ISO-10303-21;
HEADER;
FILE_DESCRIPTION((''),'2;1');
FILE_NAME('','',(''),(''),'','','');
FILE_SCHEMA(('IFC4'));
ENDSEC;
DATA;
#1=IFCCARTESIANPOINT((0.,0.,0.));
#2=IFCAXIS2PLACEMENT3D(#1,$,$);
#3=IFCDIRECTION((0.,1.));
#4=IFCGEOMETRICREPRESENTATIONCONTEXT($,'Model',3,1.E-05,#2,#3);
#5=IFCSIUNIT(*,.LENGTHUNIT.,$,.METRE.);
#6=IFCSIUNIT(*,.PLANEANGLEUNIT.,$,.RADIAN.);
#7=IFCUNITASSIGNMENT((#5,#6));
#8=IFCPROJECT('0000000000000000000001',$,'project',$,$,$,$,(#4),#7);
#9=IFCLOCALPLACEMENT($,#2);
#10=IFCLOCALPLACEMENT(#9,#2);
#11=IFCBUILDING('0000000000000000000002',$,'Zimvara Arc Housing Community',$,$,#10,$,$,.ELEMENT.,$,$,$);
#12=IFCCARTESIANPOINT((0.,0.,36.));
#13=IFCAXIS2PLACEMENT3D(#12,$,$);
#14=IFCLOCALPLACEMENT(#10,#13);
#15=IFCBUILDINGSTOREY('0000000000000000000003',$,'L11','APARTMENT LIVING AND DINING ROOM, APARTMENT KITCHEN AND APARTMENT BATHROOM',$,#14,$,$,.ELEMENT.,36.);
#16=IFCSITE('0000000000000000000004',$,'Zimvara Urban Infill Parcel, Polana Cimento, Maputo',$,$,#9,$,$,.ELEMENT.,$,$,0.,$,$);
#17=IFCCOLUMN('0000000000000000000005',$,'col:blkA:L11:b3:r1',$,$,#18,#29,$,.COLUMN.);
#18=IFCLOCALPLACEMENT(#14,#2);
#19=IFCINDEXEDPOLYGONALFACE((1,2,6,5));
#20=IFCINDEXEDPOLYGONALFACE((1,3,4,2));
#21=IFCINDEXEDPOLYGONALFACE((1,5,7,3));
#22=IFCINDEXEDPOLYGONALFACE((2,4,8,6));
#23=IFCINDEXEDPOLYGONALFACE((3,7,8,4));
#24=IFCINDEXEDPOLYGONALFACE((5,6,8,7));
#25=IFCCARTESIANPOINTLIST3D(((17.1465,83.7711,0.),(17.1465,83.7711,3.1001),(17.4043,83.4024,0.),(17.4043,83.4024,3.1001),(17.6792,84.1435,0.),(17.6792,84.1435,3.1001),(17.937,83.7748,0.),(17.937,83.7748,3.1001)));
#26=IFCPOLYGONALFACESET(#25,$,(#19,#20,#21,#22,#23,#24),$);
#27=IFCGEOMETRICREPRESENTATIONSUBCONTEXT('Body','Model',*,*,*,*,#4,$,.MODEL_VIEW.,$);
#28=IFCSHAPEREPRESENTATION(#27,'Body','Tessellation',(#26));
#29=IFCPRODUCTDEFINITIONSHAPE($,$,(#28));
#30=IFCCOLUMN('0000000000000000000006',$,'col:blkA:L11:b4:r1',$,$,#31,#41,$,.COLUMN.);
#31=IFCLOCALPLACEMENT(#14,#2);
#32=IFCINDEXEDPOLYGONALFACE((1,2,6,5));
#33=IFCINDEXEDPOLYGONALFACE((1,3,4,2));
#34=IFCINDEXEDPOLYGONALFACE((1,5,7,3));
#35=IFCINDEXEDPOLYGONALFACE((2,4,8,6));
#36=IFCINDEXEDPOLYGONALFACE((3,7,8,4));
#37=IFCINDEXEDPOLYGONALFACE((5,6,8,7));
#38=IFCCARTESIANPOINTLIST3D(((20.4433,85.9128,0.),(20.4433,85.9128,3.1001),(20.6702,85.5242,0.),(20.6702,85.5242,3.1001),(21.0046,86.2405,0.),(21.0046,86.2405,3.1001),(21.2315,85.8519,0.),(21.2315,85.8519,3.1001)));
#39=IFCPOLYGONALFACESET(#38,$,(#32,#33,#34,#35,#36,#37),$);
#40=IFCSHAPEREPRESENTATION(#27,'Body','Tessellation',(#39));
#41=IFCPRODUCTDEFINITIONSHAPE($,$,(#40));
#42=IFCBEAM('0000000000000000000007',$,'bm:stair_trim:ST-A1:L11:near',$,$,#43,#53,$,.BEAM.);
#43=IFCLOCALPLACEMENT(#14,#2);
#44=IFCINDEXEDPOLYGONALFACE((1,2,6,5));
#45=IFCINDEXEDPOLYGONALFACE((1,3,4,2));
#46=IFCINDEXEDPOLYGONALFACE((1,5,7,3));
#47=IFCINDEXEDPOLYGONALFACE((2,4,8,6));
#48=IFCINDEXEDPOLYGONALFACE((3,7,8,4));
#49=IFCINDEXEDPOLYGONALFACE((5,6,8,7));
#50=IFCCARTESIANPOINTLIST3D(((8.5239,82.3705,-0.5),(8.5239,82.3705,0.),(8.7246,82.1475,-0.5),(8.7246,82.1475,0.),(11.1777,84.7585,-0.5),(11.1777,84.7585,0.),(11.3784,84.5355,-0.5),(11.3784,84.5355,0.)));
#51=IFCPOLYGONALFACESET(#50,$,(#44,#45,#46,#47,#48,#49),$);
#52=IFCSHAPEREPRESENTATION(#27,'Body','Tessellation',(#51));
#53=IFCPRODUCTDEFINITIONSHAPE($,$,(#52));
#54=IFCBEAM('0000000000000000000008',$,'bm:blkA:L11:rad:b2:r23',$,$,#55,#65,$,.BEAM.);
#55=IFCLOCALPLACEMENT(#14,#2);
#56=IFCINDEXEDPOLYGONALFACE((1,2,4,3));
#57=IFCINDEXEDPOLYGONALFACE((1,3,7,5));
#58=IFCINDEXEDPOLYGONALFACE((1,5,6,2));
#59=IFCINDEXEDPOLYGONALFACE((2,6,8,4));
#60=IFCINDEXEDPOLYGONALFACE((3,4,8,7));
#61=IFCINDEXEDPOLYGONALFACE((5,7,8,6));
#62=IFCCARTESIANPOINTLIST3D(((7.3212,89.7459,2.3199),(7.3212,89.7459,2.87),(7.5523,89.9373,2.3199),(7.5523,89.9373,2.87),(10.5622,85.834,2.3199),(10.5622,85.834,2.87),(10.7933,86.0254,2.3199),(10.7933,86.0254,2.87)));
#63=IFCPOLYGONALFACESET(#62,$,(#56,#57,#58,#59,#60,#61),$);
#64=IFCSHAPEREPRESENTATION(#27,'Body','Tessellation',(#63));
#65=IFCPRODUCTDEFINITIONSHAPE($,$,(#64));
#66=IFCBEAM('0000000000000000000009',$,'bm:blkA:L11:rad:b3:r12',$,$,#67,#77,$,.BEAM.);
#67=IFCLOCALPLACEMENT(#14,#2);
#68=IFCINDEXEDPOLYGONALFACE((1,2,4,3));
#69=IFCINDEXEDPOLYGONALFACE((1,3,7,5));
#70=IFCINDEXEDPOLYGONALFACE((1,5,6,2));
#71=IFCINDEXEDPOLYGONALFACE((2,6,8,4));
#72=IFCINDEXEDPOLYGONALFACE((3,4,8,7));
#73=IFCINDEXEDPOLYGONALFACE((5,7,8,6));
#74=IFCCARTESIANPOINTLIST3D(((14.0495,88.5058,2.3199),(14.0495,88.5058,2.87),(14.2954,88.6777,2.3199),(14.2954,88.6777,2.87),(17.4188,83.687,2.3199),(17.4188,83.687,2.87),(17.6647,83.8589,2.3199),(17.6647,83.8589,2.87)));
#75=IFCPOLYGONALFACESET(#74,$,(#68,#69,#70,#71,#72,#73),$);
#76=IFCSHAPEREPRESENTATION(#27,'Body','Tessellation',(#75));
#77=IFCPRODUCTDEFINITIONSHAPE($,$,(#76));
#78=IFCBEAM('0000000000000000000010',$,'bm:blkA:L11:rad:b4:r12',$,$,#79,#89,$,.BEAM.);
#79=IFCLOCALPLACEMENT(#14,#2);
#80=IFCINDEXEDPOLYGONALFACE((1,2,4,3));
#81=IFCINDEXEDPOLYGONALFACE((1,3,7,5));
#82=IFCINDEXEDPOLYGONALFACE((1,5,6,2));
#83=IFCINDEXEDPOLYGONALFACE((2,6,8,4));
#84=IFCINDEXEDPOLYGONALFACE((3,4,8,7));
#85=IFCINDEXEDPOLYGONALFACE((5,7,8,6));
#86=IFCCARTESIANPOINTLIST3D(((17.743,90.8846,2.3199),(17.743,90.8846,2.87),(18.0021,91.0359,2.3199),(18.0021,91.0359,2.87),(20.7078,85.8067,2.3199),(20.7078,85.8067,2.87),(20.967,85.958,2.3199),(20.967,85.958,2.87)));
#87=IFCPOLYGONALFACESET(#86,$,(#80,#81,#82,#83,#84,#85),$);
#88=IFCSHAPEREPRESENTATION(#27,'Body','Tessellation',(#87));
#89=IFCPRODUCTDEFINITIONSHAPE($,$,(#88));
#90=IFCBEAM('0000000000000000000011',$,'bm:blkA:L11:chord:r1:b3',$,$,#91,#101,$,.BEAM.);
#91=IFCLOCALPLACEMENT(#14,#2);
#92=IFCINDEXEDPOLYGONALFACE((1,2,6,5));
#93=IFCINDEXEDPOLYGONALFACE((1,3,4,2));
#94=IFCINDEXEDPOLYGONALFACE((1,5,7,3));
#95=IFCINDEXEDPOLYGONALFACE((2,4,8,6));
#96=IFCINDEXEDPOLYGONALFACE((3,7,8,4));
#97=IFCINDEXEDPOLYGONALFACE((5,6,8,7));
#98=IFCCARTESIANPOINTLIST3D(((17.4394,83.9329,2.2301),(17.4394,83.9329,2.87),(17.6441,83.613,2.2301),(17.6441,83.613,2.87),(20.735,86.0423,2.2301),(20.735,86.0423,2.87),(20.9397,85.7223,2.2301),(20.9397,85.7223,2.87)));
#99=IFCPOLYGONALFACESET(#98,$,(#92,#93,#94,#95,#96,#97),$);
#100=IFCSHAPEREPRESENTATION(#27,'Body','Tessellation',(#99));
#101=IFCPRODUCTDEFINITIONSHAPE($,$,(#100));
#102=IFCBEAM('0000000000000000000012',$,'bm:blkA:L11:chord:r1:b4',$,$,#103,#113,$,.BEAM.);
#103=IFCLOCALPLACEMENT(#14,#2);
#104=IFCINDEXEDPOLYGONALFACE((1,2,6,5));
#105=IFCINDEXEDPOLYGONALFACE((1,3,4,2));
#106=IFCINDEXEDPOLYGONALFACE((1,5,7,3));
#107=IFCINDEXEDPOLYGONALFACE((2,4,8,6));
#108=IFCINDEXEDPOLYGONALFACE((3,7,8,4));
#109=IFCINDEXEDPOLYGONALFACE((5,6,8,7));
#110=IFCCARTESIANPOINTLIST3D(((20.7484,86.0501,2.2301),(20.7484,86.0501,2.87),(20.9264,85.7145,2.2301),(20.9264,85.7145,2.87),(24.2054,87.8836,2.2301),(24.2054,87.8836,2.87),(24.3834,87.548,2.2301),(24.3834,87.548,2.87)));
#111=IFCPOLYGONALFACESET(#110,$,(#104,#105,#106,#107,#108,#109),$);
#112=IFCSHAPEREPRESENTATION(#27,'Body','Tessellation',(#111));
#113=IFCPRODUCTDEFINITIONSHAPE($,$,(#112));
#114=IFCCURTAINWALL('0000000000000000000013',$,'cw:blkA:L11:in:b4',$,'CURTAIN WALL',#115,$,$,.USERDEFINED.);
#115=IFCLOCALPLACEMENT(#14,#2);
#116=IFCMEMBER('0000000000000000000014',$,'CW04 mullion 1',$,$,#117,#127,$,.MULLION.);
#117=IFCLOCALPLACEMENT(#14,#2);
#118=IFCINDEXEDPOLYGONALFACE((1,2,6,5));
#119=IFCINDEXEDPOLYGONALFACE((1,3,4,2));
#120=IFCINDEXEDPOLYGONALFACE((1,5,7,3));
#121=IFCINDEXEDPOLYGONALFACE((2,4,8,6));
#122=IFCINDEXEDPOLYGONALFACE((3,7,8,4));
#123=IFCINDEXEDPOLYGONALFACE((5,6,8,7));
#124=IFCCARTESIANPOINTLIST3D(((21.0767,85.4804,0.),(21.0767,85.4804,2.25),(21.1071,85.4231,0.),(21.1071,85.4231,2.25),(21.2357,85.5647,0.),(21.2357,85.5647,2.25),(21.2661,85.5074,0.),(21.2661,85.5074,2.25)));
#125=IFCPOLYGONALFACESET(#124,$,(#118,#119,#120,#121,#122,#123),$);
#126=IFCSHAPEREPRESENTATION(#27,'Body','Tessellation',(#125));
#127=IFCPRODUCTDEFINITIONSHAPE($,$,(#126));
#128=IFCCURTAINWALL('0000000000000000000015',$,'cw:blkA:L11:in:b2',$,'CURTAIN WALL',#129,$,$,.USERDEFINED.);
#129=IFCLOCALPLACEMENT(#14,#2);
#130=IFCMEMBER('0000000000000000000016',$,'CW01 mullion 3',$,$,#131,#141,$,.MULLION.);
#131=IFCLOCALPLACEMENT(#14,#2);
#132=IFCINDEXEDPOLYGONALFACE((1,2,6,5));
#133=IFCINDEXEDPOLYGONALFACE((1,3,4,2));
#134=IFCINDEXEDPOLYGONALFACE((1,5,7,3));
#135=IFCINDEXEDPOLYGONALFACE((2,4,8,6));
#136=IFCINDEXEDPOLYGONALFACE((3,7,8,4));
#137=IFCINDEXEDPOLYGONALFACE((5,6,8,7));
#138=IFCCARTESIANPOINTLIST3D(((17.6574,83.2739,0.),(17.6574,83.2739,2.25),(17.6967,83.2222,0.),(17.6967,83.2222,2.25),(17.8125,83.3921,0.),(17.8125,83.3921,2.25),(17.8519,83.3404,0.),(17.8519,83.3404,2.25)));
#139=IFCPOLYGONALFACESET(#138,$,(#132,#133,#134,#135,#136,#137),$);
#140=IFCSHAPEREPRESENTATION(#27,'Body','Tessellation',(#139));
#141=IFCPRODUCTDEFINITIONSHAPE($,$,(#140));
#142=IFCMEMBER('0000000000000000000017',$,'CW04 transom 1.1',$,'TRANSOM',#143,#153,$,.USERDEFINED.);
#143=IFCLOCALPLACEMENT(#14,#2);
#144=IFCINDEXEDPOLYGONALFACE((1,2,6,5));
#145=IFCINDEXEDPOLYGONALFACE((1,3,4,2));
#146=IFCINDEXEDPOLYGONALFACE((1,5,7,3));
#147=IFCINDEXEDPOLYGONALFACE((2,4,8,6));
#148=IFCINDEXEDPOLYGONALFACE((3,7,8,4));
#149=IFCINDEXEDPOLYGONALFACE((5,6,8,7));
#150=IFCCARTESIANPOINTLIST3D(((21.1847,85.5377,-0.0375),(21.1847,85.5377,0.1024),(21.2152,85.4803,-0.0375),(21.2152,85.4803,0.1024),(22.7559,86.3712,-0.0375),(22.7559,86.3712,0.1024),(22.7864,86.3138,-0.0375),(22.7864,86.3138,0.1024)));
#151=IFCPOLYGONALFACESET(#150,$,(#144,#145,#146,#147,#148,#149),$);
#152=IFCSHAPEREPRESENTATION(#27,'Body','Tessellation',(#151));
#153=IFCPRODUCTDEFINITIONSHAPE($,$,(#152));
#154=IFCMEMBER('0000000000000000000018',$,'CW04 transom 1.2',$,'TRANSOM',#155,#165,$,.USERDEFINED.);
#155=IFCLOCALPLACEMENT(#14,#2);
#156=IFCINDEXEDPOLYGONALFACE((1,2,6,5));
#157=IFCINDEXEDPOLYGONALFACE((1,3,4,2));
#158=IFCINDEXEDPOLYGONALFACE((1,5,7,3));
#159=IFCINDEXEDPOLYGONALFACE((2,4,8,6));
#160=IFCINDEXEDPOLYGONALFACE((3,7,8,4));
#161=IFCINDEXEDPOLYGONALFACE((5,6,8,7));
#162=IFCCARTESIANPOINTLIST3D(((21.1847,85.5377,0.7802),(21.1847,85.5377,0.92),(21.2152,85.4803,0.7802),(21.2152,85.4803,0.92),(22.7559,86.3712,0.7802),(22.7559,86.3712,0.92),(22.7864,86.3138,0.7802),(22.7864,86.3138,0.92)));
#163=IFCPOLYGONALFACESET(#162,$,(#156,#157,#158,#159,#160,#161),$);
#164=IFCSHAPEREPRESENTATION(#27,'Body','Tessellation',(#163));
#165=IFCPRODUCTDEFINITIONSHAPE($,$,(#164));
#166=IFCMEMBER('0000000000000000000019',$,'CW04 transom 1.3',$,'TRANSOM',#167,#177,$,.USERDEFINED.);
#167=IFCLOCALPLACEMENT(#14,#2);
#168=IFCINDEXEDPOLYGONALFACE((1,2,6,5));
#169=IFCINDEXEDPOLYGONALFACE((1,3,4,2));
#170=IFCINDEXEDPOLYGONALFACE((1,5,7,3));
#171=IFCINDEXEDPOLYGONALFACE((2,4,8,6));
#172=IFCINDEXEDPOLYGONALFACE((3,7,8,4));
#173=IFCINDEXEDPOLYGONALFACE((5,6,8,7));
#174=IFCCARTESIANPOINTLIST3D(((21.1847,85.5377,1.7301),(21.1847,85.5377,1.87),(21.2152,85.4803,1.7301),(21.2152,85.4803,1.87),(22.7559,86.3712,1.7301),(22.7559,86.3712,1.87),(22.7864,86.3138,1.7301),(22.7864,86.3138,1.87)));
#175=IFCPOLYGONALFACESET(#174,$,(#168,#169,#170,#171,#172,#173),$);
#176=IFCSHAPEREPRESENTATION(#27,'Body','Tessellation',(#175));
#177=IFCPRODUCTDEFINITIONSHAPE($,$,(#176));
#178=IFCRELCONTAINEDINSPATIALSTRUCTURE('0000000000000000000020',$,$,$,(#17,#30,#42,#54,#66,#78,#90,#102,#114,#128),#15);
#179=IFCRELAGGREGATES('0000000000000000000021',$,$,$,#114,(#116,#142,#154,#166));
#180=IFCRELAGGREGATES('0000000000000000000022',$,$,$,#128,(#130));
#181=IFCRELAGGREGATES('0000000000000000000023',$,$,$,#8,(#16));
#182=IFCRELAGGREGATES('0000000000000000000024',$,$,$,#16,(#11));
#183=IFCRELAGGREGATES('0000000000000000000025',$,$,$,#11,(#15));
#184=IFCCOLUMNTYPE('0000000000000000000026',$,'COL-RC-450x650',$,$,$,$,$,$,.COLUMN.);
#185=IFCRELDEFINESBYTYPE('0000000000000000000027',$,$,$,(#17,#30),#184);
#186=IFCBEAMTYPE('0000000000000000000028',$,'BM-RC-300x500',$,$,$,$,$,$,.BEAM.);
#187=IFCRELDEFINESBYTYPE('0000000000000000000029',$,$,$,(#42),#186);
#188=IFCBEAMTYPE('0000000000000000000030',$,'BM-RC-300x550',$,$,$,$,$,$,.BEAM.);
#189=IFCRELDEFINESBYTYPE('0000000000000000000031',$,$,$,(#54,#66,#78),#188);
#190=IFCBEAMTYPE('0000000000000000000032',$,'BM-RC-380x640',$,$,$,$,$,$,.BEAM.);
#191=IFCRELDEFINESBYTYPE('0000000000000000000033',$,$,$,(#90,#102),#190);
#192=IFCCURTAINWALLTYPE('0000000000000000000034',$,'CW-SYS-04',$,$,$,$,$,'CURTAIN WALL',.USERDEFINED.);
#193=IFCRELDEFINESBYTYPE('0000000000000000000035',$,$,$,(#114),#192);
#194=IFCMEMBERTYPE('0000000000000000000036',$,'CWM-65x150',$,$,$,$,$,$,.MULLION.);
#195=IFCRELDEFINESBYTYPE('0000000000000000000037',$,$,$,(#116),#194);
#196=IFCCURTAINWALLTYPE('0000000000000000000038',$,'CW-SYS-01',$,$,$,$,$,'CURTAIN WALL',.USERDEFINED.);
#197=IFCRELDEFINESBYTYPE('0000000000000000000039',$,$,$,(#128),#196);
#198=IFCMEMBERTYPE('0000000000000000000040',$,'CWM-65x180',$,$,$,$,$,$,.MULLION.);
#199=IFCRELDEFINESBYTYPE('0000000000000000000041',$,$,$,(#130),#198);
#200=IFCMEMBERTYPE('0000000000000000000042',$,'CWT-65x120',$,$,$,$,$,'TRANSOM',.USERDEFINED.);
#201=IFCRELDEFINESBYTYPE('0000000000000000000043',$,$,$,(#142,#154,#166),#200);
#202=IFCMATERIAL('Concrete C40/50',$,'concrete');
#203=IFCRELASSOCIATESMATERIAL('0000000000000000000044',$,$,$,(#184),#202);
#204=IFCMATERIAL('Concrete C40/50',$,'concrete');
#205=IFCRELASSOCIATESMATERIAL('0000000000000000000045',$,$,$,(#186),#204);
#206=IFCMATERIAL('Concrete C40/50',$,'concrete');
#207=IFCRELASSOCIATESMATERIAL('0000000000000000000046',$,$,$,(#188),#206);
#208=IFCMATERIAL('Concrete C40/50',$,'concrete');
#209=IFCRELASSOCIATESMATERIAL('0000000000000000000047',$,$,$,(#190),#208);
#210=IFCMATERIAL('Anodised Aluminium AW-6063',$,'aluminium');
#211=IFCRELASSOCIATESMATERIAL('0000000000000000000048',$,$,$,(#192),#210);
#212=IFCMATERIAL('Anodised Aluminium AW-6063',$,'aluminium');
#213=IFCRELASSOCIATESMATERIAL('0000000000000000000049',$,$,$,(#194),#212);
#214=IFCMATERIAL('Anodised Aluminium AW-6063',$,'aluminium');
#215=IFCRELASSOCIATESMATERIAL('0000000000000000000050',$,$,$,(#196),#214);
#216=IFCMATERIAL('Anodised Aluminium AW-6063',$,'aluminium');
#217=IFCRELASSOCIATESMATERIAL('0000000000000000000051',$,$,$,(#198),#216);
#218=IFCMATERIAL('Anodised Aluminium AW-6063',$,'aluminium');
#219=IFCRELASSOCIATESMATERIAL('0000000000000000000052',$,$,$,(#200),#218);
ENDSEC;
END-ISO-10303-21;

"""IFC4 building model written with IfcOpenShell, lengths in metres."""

from ifc_helpers import new_model, si_unit, direction, frame, origin, origin_2d, place, context, subcontext, project, spatial, rectangle, extrude, material, material_profile, profile_set, type_object, element, aggregate, save


model = new_model("IFC4")

# Units and contexts
model_context = context("Model", 3, precision=1e-05, world=origin(), true_north=direction((0.0, 1.0)))
body_context = subcontext(model_context, "Body", "Model", "MODEL_VIEW")
ifc_project = project(units=[si_unit("LENGTHUNIT", "METRE"), si_unit("PLANEANGLEUNIT", "RADIAN")], contexts=[model_context])

# Site, building, storey
site_placement = place(None, origin())
site = spatial("IfcSite", under=ifc_project, at=site_placement, Name="Zimvara Urban Infill Parcel, Polana Cimento, Maputo", CompositionType="ELEMENT", RefElevation=0.0)
building_placement = place(site_placement, origin())
building = spatial("IfcBuilding", under=site, at=building_placement, Name="Zimvara Arc Housing Community", CompositionType="ELEMENT")
storey_placement = place(building_placement, frame((0.0, 0.0, 36.0)))
storey = spatial("IfcBuildingStorey", under=building, at=storey_placement, Name="L11", Description="APARTMENT LIVING AND DINING ROOM, APARTMENT KITCHEN AND APARTMENT BATHROOM", CompositionType="ELEMENT", Elevation=36.0)

# Columns
ifc_material_1 = material(Name="Concrete C40/50", Category="concrete")
ifc_material_profile_1 = material_profile(ifc_material_1, rectangle(XDim=0.45, YDim=0.6499, at=origin_2d()), Name="RC 450x650")
ifc_profile_set_1 = profile_set([ifc_material_profile_1], Name="Concrete C40/50")
column_type = type_object("IfcColumnType", Name="COL-RC-450x650", PredefinedType="COLUMN", material=ifc_profile_set_1)
for number, where, z_axis, x_axis, name in (
    (1, (17.5417, 83.7729, 0.0), (0.0, 0.0, 1.0), (-0.573004, 0.819552, 0.0), "col:blkA:L11:b3:r1"),
    (2, (20.8374, 85.8823, 0.0), (0.0, 0.0, 1.0), (-0.504226, 0.863572, 0.0), "col:blkA:L11:b4:r1"),
):
    element("IfcColumn", number, at=place(storey_placement, frame(where, z_axis=z_axis, x_axis=x_axis)), inside=storey, type_object=column_type, Name=name, PredefinedType="COLUMN", context=body_context, shape_type="SweptSolid", body=[
        extrude(rectangle(XDim=0.45, YDim=0.6499, at=origin_2d()), origin(), (0.0, 0.0, 1.0), 3.1001),
    ])

# Beams
ifc_material_2 = material(Name="Concrete C40/50", Category="concrete")
ifc_material_profile_2 = material_profile(ifc_material_2, rectangle(XDim=0.3, YDim=0.5, at=origin_2d()), Name="RC 300x500")
ifc_profile_set_2 = profile_set([ifc_material_profile_2], Name="Concrete C40/50")
beam_type_1 = type_object("IfcBeamType", Name="BM-RC-300x500", PredefinedType="BEAM", material=ifc_profile_set_2)
beam_1_placement = place(storey_placement, frame((11.2781, 84.647, -0.25), z_axis=(-0.743362, -0.668889, 0.0), x_axis=(0.668889, -0.743362, 0.0)))
element("IfcBeam", 3, at=beam_1_placement, inside=storey, type_object=beam_type_1, Name="bm:stair_trim:ST-A1:L11:near", PredefinedType="BEAM", context=body_context, shape_type="SweptSolid", body=[
    extrude(rectangle(XDim=0.3, YDim=0.5, at=origin_2d()), origin(), (0.0, 0.0, 1.0), 3.5701),
])
ifc_material_3 = material(Name="Concrete C40/50", Category="concrete")
ifc_material_profile_3 = material_profile(ifc_material_3, rectangle(XDim=0.3, YDim=0.55, at=origin_2d()), Name="RC 300x550")
ifc_profile_set_3 = profile_set([ifc_material_profile_3], Name="Concrete C40/50")
beam_type_2 = type_object("IfcBeamType", Name="BM-RC-300x550", PredefinedType="BEAM", material=ifc_profile_set_3)
beam_2_placement = place(storey_placement, frame((10.6777, 85.9297, 2.595), z_axis=(-0.637984, 0.77005, 0.0), x_axis=(-0.77005, -0.637984, 0.0)))
element("IfcBeam", 4, at=beam_2_placement, inside=storey, type_object=beam_type_2, Name="bm:blkA:L11:rad:b2:r23", PredefinedType="BEAM", context=body_context, shape_type="SweptSolid", body=[
    extrude(rectangle(XDim=0.3, YDim=0.55, at=origin_2d()), origin(), (0.0, 0.0, 1.0), 5.0801),
])
beam_3_placement = place(storey_placement, frame((17.5417, 83.7729, 2.595), z_axis=(-0.573028, 0.819536, 0.0), x_axis=(-0.819536, -0.573028, 0.0)))
element("IfcBeam", 5, at=beam_3_placement, inside=storey, type_object=beam_type_2, Name="bm:blkA:L11:rad:b3:r12", PredefinedType="BEAM", context=body_context, shape_type="SweptSolid", body=[
    extrude(rectangle(XDim=0.3, YDim=0.55, at=origin_2d()), origin(), (0.0, 0.0, 1.0), 5.8799),
])
beam_4_placement = place(storey_placement, frame((20.8374, 85.8823, 2.595), z_axis=(-0.504219, 0.863576, 0.0), x_axis=(-0.863576, -0.504219, 0.0)))
element("IfcBeam", 6, at=beam_4_placement, inside=storey, type_object=beam_type_2, Name="bm:blkA:L11:rad:b4:r12", PredefinedType="BEAM", context=body_context, shape_type="SweptSolid", body=[
    extrude(rectangle(XDim=0.3, YDim=0.55, at=origin_2d()), origin(), (0.0, 0.0, 1.0), 5.8801),
])
ifc_material_4 = material(Name="Concrete C40/50", Category="concrete")
ifc_material_profile_4 = material_profile(ifc_material_4, rectangle(XDim=0.3799, YDim=0.6399, at=origin_2d()), Name="RC 380x640")
ifc_profile_set_4 = profile_set([ifc_material_profile_4], Name="Concrete C40/50")
beam_type_3 = type_object("IfcBeamType", Name="BM-RC-380x640", PredefinedType="BEAM", material=ifc_profile_set_4)
beam_5_placement = place(storey_placement, frame((17.5417, 83.7729, 2.55), z_axis=(0.842253, 0.539082, 0.0), x_axis=(-0.539082, 0.842253, 0.0)))
element("IfcBeam", 7, at=beam_5_placement, inside=storey, type_object=beam_type_3, Name="bm:blkA:L11:chord:r1:b3", PredefinedType="BEAM", context=body_context, shape_type="SweptSolid", body=[
    extrude(rectangle(XDim=0.3799, YDim=0.6399, at=origin_2d()), origin(), (0.0, 0.0, 1.0), 3.9128),
])
beam_6_placement = place(storey_placement, frame((20.8374, 85.8823, 2.55), z_axis=(0.883439, 0.468547, 0.0), x_axis=(-0.468547, 0.883439, 0.0)))
element("IfcBeam", 8, at=beam_6_placement, inside=storey, type_object=beam_type_3, Name="bm:blkA:L11:chord:r1:b4", PredefinedType="BEAM", context=body_context, shape_type="SweptSolid", body=[
    extrude(rectangle(XDim=0.3799, YDim=0.6399, at=origin_2d()), origin(), (0.0, 0.0, 1.0), 3.9131),
])

# Curtain walls, members
ifc_material_5 = material(Name="Anodised Aluminium AW-6063", Category="aluminium")
curtain_wall_type_1 = type_object("IfcCurtainWallType", Name="CW-SYS-04", ElementType="CURTAIN WALL", PredefinedType="USERDEFINED", material=ifc_material_5)
curtain_wall_1_placement = place(storey_placement, origin())
curtain_wall_1 = element("IfcCurtainWall", 9, at=curtain_wall_1_placement, inside=storey, type_object=curtain_wall_type_1, Name="cw:blkA:L11:in:b4", ObjectType="CURTAIN WALL", PredefinedType="USERDEFINED")
ifc_material_6 = material(Name="Anodised Aluminium AW-6063", Category="aluminium")
ifc_material_profile_5 = material_profile(ifc_material_6, rectangle(XDim=0.0649, YDim=0.1799, at=origin_2d()), Name="ALU 65x180")
ifc_profile_set_5 = profile_set([ifc_material_profile_5], Name="Anodised Aluminium AW-6063")
member_type_1 = type_object("IfcMemberType", Name="CWM-65x150", PredefinedType="MULLION", material=ifc_profile_set_5)
member_1_placement = place(storey_placement, frame((21.1714, 85.4939, 0.0), z_axis=(0.0, 0.0, 1.0), x_axis=(-0.468547, 0.883439, 0.0)))
member_1 = element("IfcMember", 10, at=member_1_placement, type_object=member_type_1, Name="CW04 mullion 1", PredefinedType="MULLION", context=body_context, shape_type="SweptSolid", body=[
    extrude(rectangle(XDim=0.0649, YDim=0.1799, at=origin_2d()), origin(), (0.0, 0.0, 1.0), 2.25),
])
ifc_material_7 = material(Name="Anodised Aluminium AW-6063", Category="aluminium")
curtain_wall_type_2 = type_object("IfcCurtainWallType", Name="CW-SYS-01", ElementType="CURTAIN WALL", PredefinedType="USERDEFINED", material=ifc_material_7)
curtain_wall_2_placement = place(storey_placement, origin())
curtain_wall_2 = element("IfcCurtainWall", 11, at=curtain_wall_2_placement, inside=storey, type_object=curtain_wall_type_2, Name="cw:blkA:L11:in:b2", ObjectType="CURTAIN WALL", PredefinedType="USERDEFINED")
ifc_material_8 = material(Name="Anodised Aluminium AW-6063", Category="aluminium")
ifc_material_profile_6 = material_profile(ifc_material_8, rectangle(XDim=0.0649, YDim=0.1951, at=origin_2d()), Name="ALU 65x195")
ifc_profile_set_6 = profile_set([ifc_material_profile_6], Name="Anodised Aluminium AW-6063")
member_type_2 = type_object("IfcMemberType", Name="CWM-65x180", PredefinedType="MULLION", material=ifc_profile_set_6)
member_2_placement = place(storey_placement, frame((17.7546, 83.3071, 0.0), z_axis=(0.0, 0.0, 1.0), x_axis=(-0.605988, 0.795474, 0.0)))
member_2 = element("IfcMember", 12, at=member_2_placement, type_object=member_type_2, Name="CW01 mullion 3", PredefinedType="MULLION", context=body_context, shape_type="SweptSolid", body=[
    extrude(rectangle(XDim=0.0649, YDim=0.1951, at=origin_2d()), origin(), (0.0, 0.0, 1.0), 2.25),
])

# Members
ifc_material_9 = material(Name="Anodised Aluminium AW-6063", Category="aluminium")
ifc_material_profile_7 = material_profile(ifc_material_9, rectangle(XDim=0.0649, YDim=0.1399, at=origin_2d()), Name="ALU 65x140")
ifc_profile_set_7 = profile_set([ifc_material_profile_7], Name="Anodised Aluminium AW-6063")
member_type_3 = type_object("IfcMemberType", Name="CWT-65x120", ElementType="TRANSOM", PredefinedType="USERDEFINED", material=ifc_profile_set_7)
member_3_placement = place(storey_placement, frame((21.2, 85.509, 0.0325), z_axis=(0.883407, 0.468607, 0.0), x_axis=(-0.468607, 0.883407, 0.0)))
member_3 = element("IfcMember", 13, at=member_3_placement, type_object=member_type_3, Name="CW04 transom 1.1", ObjectType="TRANSOM", PredefinedType="USERDEFINED", context=body_context, shape_type="SweptSolid", body=[
    extrude(rectangle(XDim=0.0649, YDim=0.1399, at=origin_2d()), origin(), (0.0, 0.0, 1.0), 1.7786),
])
member_4_placement = place(storey_placement, frame((21.2, 85.509, 0.8501), z_axis=(0.883407, 0.468607, 0.0), x_axis=(-0.468607, 0.883407, 0.0)))
member_4 = element("IfcMember", 14, at=member_4_placement, type_object=member_type_3, Name="CW04 transom 1.2", ObjectType="TRANSOM", PredefinedType="USERDEFINED", context=body_context, shape_type="SweptSolid", body=[
    extrude(rectangle(XDim=0.0649, YDim=0.1399, at=origin_2d()), origin(), (0.0, 0.0, 1.0), 1.7786),
])
member_5_placement = place(storey_placement, frame((21.2, 85.509, 1.8), z_axis=(0.883407, 0.468607, 0.0), x_axis=(-0.468607, 0.883407, 0.0)))
member_5 = element("IfcMember", 15, at=member_5_placement, type_object=member_type_3, Name="CW04 transom 1.3", ObjectType="TRANSOM", PredefinedType="USERDEFINED", context=body_context, shape_type="SweptSolid", body=[
    extrude(rectangle(XDim=0.0649, YDim=0.1399, at=origin_2d()), origin(), (0.0, 0.0, 1.0), 1.7786),
])

aggregate(curtain_wall_1, [member_1, member_3, member_4, member_5])
aggregate(curtain_wall_2, [member_2])

save(model, "model.ifc")
